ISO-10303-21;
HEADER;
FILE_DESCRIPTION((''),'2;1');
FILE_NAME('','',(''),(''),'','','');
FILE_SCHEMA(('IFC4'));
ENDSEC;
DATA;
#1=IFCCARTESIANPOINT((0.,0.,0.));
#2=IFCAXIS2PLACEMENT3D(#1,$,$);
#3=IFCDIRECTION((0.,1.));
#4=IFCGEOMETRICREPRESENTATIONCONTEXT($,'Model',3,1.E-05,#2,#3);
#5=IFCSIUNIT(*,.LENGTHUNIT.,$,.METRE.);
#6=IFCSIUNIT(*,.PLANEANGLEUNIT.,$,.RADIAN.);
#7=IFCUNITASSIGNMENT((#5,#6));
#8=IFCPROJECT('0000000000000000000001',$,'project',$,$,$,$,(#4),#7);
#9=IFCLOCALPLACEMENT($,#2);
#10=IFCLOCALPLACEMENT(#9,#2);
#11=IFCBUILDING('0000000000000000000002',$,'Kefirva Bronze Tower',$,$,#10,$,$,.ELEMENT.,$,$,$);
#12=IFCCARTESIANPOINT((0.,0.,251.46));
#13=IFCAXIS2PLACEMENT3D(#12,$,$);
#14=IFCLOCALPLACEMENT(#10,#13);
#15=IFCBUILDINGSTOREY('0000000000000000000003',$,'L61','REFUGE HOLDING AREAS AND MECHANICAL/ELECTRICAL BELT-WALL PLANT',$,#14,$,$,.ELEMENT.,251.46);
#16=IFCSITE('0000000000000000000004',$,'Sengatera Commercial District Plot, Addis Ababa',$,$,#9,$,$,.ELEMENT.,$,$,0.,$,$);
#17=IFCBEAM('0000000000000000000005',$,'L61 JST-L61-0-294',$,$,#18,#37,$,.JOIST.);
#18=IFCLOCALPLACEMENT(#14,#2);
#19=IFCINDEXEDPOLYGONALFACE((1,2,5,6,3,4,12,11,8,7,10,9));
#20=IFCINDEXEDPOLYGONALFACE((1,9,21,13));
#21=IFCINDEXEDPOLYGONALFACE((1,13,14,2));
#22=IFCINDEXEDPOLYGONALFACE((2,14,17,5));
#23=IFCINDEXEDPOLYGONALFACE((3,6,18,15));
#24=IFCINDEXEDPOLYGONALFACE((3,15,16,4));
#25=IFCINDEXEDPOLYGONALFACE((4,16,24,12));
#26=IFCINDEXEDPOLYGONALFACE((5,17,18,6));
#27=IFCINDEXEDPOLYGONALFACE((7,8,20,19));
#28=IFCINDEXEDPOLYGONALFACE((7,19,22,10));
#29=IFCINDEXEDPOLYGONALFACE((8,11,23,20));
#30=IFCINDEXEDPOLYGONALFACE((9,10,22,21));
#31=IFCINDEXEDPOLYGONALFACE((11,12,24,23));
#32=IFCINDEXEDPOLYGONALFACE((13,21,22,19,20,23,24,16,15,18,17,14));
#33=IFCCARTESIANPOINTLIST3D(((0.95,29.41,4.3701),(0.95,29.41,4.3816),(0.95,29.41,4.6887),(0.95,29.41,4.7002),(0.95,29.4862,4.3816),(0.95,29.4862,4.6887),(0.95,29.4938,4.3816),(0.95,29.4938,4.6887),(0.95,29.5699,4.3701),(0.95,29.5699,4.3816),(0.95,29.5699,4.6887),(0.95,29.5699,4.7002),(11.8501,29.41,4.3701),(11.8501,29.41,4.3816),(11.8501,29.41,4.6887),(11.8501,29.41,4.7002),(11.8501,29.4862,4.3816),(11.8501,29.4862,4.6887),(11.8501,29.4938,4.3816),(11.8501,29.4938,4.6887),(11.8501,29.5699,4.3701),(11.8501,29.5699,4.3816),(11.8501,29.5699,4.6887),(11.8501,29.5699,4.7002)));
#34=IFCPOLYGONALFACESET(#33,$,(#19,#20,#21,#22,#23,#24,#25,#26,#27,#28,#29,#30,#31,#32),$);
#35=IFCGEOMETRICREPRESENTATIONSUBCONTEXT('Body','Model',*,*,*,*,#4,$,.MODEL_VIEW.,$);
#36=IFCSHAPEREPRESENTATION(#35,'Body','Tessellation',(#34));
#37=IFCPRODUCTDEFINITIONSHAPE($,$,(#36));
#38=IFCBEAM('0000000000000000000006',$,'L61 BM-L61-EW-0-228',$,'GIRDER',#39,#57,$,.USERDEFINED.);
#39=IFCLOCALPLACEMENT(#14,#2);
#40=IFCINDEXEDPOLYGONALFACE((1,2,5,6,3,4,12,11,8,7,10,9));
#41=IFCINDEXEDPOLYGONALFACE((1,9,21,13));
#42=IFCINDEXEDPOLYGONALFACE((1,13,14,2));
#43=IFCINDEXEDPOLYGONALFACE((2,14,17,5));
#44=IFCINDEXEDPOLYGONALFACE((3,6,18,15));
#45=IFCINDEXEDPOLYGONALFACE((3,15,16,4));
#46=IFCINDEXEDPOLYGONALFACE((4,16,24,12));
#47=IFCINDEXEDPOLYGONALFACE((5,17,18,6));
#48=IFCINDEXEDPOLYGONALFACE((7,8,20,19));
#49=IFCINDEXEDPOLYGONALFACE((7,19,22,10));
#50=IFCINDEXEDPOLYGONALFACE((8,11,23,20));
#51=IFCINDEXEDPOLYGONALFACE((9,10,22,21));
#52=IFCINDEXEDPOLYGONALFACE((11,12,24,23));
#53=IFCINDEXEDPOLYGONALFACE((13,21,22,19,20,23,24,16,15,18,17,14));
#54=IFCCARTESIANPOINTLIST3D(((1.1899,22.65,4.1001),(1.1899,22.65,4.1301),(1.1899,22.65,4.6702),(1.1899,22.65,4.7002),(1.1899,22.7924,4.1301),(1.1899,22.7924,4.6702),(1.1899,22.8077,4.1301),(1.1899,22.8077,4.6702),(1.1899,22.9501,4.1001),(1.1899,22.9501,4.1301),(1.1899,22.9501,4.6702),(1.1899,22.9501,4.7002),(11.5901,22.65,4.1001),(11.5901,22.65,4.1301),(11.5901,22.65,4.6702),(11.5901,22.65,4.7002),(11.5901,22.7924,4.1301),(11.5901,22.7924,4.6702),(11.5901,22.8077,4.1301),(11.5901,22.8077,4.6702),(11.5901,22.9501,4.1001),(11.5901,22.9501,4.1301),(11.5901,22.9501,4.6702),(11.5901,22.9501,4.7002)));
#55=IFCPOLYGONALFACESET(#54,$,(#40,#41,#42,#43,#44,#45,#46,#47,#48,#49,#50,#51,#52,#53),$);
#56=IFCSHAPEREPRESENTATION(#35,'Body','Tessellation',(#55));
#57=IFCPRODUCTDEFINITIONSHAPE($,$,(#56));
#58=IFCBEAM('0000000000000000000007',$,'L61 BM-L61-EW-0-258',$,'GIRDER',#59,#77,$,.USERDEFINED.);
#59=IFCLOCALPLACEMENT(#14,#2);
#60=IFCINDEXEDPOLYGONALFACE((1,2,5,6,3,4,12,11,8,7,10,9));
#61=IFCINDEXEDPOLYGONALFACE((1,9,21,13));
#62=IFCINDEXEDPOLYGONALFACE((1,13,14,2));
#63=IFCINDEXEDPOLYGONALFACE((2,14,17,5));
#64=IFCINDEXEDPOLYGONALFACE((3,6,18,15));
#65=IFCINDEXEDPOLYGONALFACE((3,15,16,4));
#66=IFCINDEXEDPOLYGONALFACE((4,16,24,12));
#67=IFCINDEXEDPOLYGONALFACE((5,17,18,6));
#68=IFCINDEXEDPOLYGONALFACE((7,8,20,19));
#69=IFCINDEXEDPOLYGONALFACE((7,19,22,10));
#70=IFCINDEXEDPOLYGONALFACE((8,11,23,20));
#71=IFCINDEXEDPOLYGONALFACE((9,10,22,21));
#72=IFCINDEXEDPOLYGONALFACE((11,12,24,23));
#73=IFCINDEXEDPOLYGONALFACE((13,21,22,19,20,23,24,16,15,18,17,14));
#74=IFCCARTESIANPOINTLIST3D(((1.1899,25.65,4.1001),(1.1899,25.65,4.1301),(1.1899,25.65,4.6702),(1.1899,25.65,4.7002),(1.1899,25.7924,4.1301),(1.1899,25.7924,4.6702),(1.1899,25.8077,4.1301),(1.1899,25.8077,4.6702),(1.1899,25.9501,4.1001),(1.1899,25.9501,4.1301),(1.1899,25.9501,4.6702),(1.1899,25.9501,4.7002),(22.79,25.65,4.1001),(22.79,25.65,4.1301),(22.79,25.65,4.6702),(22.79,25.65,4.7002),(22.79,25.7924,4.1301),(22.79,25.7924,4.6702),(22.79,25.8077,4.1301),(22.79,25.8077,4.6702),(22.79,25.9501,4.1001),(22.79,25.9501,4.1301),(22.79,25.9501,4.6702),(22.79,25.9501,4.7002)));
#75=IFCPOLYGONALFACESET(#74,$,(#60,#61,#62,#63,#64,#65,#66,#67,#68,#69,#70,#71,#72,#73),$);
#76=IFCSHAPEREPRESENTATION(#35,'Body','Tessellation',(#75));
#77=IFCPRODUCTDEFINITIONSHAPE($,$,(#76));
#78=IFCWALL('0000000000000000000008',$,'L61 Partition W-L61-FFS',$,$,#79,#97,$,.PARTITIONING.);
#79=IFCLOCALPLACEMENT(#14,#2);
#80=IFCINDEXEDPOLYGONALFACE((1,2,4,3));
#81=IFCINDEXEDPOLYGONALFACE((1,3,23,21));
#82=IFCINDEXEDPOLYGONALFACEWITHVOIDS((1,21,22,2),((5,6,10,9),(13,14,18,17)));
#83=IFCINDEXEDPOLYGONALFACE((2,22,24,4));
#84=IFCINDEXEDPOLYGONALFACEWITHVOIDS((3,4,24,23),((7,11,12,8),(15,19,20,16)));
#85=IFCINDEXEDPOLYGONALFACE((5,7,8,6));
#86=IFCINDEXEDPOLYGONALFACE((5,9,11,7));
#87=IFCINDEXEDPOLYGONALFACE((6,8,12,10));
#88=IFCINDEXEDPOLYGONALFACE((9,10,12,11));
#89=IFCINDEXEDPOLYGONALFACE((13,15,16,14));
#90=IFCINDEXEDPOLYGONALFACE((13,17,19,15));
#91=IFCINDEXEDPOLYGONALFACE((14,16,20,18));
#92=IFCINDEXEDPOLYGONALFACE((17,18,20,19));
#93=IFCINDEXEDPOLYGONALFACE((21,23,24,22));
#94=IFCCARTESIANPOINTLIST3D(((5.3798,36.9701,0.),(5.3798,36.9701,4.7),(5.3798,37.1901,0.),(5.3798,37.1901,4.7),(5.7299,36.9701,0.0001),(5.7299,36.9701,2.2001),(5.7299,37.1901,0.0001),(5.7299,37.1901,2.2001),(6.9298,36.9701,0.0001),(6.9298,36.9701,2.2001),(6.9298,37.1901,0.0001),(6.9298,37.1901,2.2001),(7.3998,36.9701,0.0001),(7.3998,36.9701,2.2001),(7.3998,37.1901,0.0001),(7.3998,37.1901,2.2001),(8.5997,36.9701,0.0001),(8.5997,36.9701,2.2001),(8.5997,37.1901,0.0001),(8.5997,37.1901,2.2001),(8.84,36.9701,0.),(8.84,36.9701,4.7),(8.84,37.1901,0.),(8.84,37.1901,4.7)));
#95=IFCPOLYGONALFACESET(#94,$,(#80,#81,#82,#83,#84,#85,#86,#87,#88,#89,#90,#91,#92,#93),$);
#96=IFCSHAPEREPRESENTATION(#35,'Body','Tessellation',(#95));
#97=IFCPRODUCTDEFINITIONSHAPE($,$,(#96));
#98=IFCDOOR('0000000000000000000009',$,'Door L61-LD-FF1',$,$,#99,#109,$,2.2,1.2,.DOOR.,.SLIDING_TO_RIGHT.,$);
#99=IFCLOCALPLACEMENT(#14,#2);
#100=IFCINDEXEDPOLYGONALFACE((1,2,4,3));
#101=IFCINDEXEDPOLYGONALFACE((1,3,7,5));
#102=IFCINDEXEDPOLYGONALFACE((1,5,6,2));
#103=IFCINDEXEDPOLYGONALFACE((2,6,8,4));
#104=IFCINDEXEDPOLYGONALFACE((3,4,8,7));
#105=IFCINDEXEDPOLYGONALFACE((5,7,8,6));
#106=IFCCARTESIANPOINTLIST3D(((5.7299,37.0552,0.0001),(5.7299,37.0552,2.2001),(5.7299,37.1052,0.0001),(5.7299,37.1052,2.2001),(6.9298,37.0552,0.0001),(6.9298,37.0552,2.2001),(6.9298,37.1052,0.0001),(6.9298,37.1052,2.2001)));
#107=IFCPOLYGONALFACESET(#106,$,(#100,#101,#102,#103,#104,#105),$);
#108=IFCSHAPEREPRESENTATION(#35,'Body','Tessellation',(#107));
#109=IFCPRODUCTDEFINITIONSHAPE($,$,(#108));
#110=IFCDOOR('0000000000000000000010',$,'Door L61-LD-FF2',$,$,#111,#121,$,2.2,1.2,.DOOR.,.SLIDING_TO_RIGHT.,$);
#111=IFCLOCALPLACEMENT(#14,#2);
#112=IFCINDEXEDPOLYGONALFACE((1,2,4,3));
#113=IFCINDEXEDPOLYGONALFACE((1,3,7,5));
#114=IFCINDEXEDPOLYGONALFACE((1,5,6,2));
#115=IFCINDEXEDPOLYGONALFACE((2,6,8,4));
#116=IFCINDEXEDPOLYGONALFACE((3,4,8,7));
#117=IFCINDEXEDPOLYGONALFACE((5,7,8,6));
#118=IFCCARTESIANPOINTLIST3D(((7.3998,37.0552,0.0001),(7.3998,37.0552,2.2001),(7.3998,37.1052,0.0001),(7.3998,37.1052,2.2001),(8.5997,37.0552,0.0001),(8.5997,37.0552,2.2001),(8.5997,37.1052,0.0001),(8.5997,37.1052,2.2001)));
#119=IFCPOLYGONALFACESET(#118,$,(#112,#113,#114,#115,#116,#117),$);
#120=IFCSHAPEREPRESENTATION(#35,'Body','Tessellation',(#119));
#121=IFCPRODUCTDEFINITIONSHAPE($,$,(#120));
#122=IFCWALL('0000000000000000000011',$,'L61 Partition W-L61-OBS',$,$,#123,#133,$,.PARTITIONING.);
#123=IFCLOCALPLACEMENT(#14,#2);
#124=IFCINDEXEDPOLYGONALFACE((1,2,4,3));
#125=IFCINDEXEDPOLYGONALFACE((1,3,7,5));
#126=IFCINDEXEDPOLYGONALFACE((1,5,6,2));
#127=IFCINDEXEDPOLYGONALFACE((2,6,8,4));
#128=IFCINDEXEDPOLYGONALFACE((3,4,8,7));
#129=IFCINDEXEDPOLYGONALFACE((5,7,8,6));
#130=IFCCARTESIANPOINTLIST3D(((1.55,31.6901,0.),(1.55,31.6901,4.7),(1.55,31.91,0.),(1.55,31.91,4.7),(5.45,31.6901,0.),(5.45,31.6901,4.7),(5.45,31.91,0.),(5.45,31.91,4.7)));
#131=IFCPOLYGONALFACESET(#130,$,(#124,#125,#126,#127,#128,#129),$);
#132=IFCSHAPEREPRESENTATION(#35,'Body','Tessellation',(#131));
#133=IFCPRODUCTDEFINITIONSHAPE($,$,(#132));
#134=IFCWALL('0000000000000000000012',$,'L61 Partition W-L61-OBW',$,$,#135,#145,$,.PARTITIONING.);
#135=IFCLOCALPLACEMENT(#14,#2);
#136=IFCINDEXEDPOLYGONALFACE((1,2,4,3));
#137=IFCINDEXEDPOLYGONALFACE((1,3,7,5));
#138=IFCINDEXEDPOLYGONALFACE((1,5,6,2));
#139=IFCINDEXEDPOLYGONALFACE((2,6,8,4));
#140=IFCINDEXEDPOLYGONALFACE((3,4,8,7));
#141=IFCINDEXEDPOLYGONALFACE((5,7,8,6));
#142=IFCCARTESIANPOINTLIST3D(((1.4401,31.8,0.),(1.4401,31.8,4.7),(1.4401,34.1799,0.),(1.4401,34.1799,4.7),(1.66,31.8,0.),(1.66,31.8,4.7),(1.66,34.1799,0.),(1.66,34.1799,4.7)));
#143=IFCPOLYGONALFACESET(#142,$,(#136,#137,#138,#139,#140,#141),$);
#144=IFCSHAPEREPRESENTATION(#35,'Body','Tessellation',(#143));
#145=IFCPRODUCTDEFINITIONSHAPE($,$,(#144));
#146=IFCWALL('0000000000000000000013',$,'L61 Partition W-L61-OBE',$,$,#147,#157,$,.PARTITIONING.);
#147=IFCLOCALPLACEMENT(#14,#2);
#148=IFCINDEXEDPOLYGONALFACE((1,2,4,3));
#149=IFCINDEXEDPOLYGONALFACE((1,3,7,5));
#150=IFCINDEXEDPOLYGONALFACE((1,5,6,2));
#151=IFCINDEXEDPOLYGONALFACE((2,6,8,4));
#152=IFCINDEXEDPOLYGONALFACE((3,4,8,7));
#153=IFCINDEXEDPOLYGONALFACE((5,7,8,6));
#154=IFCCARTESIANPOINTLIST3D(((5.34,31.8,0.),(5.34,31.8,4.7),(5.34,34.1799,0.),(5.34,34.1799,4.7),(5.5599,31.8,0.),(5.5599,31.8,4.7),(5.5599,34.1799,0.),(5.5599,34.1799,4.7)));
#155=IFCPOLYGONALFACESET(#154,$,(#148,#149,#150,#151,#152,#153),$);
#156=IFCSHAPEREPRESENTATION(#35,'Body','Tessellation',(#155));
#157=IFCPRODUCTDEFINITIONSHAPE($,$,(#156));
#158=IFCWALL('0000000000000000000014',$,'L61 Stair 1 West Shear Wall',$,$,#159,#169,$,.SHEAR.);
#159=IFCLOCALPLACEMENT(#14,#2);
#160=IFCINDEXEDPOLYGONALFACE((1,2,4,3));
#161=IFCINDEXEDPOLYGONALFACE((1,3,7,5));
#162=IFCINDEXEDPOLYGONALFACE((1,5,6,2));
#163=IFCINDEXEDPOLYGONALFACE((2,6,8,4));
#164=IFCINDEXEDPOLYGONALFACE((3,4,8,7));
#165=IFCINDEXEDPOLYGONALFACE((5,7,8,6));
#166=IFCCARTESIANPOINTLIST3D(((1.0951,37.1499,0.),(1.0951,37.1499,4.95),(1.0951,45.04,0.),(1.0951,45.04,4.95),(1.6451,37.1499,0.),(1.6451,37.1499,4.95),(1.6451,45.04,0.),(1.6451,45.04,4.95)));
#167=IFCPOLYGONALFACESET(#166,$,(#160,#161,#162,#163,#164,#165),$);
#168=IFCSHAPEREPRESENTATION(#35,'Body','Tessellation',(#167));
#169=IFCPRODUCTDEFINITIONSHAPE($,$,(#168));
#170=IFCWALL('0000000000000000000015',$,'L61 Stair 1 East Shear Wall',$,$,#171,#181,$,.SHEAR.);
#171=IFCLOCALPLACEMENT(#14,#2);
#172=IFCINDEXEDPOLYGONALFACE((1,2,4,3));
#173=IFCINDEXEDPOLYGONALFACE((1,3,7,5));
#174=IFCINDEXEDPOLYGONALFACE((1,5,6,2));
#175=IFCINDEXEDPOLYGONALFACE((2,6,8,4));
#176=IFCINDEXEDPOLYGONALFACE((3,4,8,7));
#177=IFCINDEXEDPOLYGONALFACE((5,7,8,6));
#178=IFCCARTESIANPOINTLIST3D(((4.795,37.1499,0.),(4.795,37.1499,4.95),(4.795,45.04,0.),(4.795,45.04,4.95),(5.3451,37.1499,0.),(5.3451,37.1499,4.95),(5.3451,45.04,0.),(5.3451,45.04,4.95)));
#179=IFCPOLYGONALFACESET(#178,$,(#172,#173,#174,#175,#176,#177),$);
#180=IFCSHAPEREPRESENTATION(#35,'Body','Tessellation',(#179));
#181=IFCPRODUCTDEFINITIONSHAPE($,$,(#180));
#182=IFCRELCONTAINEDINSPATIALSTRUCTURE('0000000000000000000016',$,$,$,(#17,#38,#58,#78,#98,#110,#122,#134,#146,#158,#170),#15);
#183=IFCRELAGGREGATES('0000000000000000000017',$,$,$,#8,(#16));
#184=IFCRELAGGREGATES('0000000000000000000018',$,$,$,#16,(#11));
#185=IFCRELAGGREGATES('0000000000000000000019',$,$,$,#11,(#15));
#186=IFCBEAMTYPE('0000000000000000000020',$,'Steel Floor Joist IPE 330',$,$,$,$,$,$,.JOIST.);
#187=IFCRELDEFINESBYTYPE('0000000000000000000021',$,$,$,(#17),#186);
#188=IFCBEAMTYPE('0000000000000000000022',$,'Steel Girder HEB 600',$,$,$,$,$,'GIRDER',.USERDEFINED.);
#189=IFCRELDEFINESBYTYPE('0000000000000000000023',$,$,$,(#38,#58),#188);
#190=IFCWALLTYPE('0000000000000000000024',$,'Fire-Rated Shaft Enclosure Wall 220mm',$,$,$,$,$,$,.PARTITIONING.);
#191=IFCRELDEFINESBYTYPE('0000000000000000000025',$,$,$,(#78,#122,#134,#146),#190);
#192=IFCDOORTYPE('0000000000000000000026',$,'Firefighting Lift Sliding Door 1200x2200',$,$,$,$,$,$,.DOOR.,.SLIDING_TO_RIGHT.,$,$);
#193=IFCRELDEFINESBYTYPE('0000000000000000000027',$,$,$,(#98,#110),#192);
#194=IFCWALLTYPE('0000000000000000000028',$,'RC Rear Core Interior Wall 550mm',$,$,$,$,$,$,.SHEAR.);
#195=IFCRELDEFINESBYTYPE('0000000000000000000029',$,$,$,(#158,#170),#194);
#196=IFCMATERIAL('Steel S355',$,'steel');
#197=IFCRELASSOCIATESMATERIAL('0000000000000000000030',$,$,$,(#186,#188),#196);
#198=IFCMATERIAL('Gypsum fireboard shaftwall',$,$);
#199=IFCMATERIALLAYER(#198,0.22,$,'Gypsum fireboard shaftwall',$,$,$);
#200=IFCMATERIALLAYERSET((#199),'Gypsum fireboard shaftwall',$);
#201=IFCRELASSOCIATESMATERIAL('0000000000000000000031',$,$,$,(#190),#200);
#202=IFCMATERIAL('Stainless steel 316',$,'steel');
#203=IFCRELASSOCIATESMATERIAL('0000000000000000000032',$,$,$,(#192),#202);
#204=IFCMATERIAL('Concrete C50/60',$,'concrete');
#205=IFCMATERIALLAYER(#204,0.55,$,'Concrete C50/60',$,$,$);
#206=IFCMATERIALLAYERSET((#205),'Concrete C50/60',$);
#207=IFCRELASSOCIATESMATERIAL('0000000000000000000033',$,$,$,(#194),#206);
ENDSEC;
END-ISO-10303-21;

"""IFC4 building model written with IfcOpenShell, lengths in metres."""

from ifc_helpers import new_model, si_unit, direction, frame, frame_2d, origin, origin_2d, place, context, subcontext, project, spatial, rectangle, i_section, extrude, material, layer, layer_set, material_profile, profile_set, type_object, element, fill, save


model = new_model("IFC4")

# Units and contexts
model_context = context("Model", 3, precision=1e-05, world=origin(), true_north=direction((0.0, 1.0)))
body_context = subcontext(model_context, "Body", "Model", "MODEL_VIEW")
ifc_project = project(units=[si_unit("LENGTHUNIT", "METRE"), si_unit("PLANEANGLEUNIT", "RADIAN")], contexts=[model_context])

# Site, building, storey
site_placement = place(None, origin())
site = spatial("IfcSite", under=ifc_project, at=site_placement, Name="Sengatera Commercial District Plot, Addis Ababa", CompositionType="ELEMENT", RefElevation=0.0)
building_placement = place(site_placement, origin())
building = spatial("IfcBuilding", under=site, at=building_placement, Name="Kefirva Bronze Tower", CompositionType="ELEMENT")
storey_placement = place(building_placement, frame((0.0, 0.0, 251.46)))
storey = spatial("IfcBuildingStorey", under=building, at=storey_placement, Name="L61", Description="REFUGE HOLDING AREAS AND MECHANICAL/ELECTRICAL BELT-WALL PLANT", CompositionType="ELEMENT", Elevation=251.46)

# Beams
ifc_material_1 = material(Name="Steel S355", Category="steel")
ifc_material_profile_1 = material_profile(ifc_material_1, i_section(OverallWidth=0.1599, OverallDepth=0.3301, WebThickness=0.0076, FlangeThickness=0.0115, at=origin_2d()), Name="IPE 330")
ifc_profile_set_1 = profile_set([ifc_material_profile_1], Name="Steel S355")
beam_type_1 = type_object("IfcBeamType", Name="Steel Floor Joist IPE 330", PredefinedType="JOIST", material=ifc_profile_set_1)
beam_1_placement = place(storey_placement, frame((0.95, 29.49, 4.5352), z_axis=(1.0, 0.0, 0.0), x_axis=(0.0, 1.0, 0.0)))
element("IfcBeam", 1, at=beam_1_placement, inside=storey, type_object=beam_type_1, Name="L61 JST-L61-0-294", PredefinedType="JOIST", context=body_context, shape_type="SweptSolid", body=[
    extrude(i_section(OverallWidth=0.1599, OverallDepth=0.3301, WebThickness=0.0076, FlangeThickness=0.0115, at=origin_2d()), origin(), (0.0, 0.0, 1.0), 10.9001),
])
ifc_material_profile_2 = material_profile(ifc_material_1, i_section(OverallWidth=0.3, OverallDepth=0.6001, WebThickness=0.0154, FlangeThickness=0.03, at=origin_2d()), Name="HEB 600")
ifc_profile_set_2 = profile_set([ifc_material_profile_2], Name="Steel S355")
beam_type_2 = type_object("IfcBeamType", Name="Steel Girder HEB 600", ElementType="GIRDER", PredefinedType="USERDEFINED", material=ifc_profile_set_2)
beam_2_placement = place(storey_placement, frame((1.1899, 22.8, 4.4001), z_axis=(1.0, 0.0, 0.0), x_axis=(0.0, 1.0, 0.0)))
element("IfcBeam", 2, at=beam_2_placement, inside=storey, type_object=beam_type_2, Name="L61 BM-L61-EW-0-228", ObjectType="GIRDER", PredefinedType="USERDEFINED", context=body_context, shape_type="SweptSolid", body=[
    extrude(i_section(OverallWidth=0.3, OverallDepth=0.6001, WebThickness=0.0154, FlangeThickness=0.03, at=origin_2d()), origin(), (0.0, 0.0, 1.0), 10.4001),
])
beam_3_placement = place(storey_placement, frame((1.1899, 25.8, 4.4001), z_axis=(1.0, 0.0, 0.0), x_axis=(0.0, 1.0, 0.0)))
element("IfcBeam", 3, at=beam_3_placement, inside=storey, type_object=beam_type_2, Name="L61 BM-L61-EW-0-258", ObjectType="GIRDER", PredefinedType="USERDEFINED", context=body_context, shape_type="SweptSolid", body=[
    extrude(i_section(OverallWidth=0.3, OverallDepth=0.6001, WebThickness=0.0154, FlangeThickness=0.03, at=origin_2d()), origin(), (0.0, 0.0, 1.0), 21.6001),
])

# Shared definitions
ifc_material_2 = material(Name="Gypsum fireboard shaftwall")
ifc_layer_1 = layer(ifc_material_2, 0.22, Name="Gypsum fireboard shaftwall")
ifc_layer_set_1 = layer_set([ifc_layer_1], Name="Gypsum fireboard shaftwall")
wall_type_1 = type_object("IfcWallType", Name="Fire-Rated Shaft Enclosure Wall 220mm", PredefinedType="PARTITIONING", material=ifc_layer_set_1)

# Wall, openings, doors
wall_1_placement = place(storey_placement, frame((5.3799, 37.0801, 0.0), z_axis=(0.0, 0.0, 1.0), x_axis=(1.0, 0.0, 0.0)))
wall_1 = element("IfcWall", 4, at=wall_1_placement, inside=storey, type_object=wall_type_1, Name="L61 Partition W-L61-FFS", PredefinedType="PARTITIONING", context=body_context, shape_type="SweptSolid", body=[
    extrude(rectangle(XDim=3.4602, YDim=0.22, at=frame_2d((1.73, 0.0))), origin(), (0.0, 0.0, 1.0), 4.7),
])
opening_1_placement = place(wall_1_placement, frame((1.55, 0.0, 0.0), z_axis=(0.0, 0.0, 1.0), x_axis=(-1.0, 0.0, 0.0)))
opening_1 = element("IfcOpeningElement", 5, at=opening_1_placement, cuts=wall_1, PredefinedType="OPENING", context=body_context, shape_type="SweptSolid", body=[
    extrude(rectangle(XDim=1.2, YDim=2.2, at=frame_2d((0.6001, 1.1001))), frame((0.0, 0.1201, 0.0), z_axis=(0.0, -1.0, 0.0), x_axis=(1.0, 0.0, 0.0)), (0.0, 0.0, 1.0), 0.24),
])
opening_2_placement = place(wall_1_placement, frame((3.22, 0.0, 0.0), z_axis=(0.0, 0.0, 1.0), x_axis=(-1.0, 0.0, 0.0)))
opening_2 = element("IfcOpeningElement", 6, at=opening_2_placement, cuts=wall_1, PredefinedType="OPENING", context=body_context, shape_type="SweptSolid", body=[
    extrude(rectangle(XDim=1.2, YDim=2.2, at=frame_2d((0.6001, 1.1001))), frame((0.0, 0.1201, 0.0), z_axis=(0.0, -1.0, 0.0), x_axis=(1.0, 0.0, 0.0)), (0.0, 0.0, 1.0), 0.24),
])
ifc_material_3 = material(Name="Stainless steel 316", Category="steel")
door_type_1 = type_object("IfcDoorType", Name="Firefighting Lift Sliding Door 1200x2200", OperationType="SLIDING_TO_RIGHT", PredefinedType="DOOR", material=ifc_material_3)
door_1_placement = place(opening_1_placement, origin())
door_1 = element("IfcDoor", 7, at=door_1_placement, inside=storey, type_object=door_type_1, Name="Door L61-LD-FF1", OperationType="SLIDING_TO_RIGHT", OverallHeight=2.2, OverallWidth=1.2, PredefinedType="DOOR", context=body_context, shape_type="SweptSolid", body=[
    extrude(rectangle(XDim=1.2, YDim=2.2, at=frame_2d((0.6001, 1.1001))), frame((0.0, 0.0249, 0.0), z_axis=(0.0, -1.0, 0.0), x_axis=(1.0, 0.0, 0.0)), (0.0, 0.0, 1.0), 0.05),
])
fill(opening_1, door_1)
door_2_placement = place(opening_2_placement, origin())
door_2 = element("IfcDoor", 8, at=door_2_placement, inside=storey, type_object=door_type_1, Name="Door L61-LD-FF2", OperationType="SLIDING_TO_RIGHT", OverallHeight=2.2, OverallWidth=1.2, PredefinedType="DOOR", context=body_context, shape_type="SweptSolid", body=[
    extrude(rectangle(XDim=1.2, YDim=2.2, at=frame_2d((0.6001, 1.1001))), frame((0.0, 0.0249, 0.0), z_axis=(0.0, -1.0, 0.0), x_axis=(1.0, 0.0, 0.0)), (0.0, 0.0, 1.0), 0.05),
])
fill(opening_2, door_2)

# Walls
wall_2_placement = place(storey_placement, frame((1.55, 31.8, 0.0), z_axis=(0.0, 0.0, 1.0), x_axis=(1.0, 0.0, 0.0)))
element("IfcWall", 9, at=wall_2_placement, inside=storey, type_object=wall_type_1, Name="L61 Partition W-L61-OBS", PredefinedType="PARTITIONING", context=body_context, shape_type="SweptSolid", body=[
    extrude(rectangle(XDim=3.8999, YDim=0.22, at=frame_2d((1.95, 0.0))), origin(), (0.0, 0.0, 1.0), 4.7),
])
for number, where, z_axis, x_axis, name in (
    (10, (1.55, 31.8, 0.0), (0.0, 0.0, 1.0), (0.0, 1.0, 0.0), "L61 Partition W-L61-OBW"),
    (11, (5.45, 31.8, 0.0), (0.0, 0.0, 1.0), (0.0, 1.0, 0.0), "L61 Partition W-L61-OBE"),
):
    element("IfcWall", number, at=place(storey_placement, frame(where, z_axis=z_axis, x_axis=x_axis)), inside=storey, type_object=wall_type_1, Name=name, PredefinedType="PARTITIONING", context=body_context, shape_type="SweptSolid", body=[
        extrude(rectangle(XDim=2.3799, YDim=0.22, at=frame_2d((1.1899, 0.0))), origin(), (0.0, 0.0, 1.0), 4.7),
    ])
ifc_material_4 = material(Name="Concrete C50/60", Category="concrete")
ifc_layer_2 = layer(ifc_material_4, 0.55, Name="Concrete C50/60")
ifc_layer_set_2 = layer_set([ifc_layer_2], Name="Concrete C50/60")
wall_type_2 = type_object("IfcWallType", Name="RC Rear Core Interior Wall 550mm", PredefinedType="SHEAR", material=ifc_layer_set_2)
for number, where, z_axis, x_axis, name in (
    (12, (1.3701, 37.1499, 0.0), (0.0, 0.0, 1.0), (0.0, 1.0, 0.0), "L61 Stair 1 West Shear Wall"),
    (13, (5.0701, 37.1499, 0.0), (0.0, 0.0, 1.0), (0.0, 1.0, 0.0), "L61 Stair 1 East Shear Wall"),
):
    element("IfcWall", number, at=place(storey_placement, frame(where, z_axis=z_axis, x_axis=x_axis)), inside=storey, type_object=wall_type_2, Name=name, PredefinedType="SHEAR", context=body_context, shape_type="SweptSolid", body=[
        extrude(rectangle(XDim=7.8901, YDim=0.55, at=frame_2d((3.9451, 0.0))), origin(), (0.0, 0.0, 1.0), 4.95),
    ])

save(model, "model.ifc")
